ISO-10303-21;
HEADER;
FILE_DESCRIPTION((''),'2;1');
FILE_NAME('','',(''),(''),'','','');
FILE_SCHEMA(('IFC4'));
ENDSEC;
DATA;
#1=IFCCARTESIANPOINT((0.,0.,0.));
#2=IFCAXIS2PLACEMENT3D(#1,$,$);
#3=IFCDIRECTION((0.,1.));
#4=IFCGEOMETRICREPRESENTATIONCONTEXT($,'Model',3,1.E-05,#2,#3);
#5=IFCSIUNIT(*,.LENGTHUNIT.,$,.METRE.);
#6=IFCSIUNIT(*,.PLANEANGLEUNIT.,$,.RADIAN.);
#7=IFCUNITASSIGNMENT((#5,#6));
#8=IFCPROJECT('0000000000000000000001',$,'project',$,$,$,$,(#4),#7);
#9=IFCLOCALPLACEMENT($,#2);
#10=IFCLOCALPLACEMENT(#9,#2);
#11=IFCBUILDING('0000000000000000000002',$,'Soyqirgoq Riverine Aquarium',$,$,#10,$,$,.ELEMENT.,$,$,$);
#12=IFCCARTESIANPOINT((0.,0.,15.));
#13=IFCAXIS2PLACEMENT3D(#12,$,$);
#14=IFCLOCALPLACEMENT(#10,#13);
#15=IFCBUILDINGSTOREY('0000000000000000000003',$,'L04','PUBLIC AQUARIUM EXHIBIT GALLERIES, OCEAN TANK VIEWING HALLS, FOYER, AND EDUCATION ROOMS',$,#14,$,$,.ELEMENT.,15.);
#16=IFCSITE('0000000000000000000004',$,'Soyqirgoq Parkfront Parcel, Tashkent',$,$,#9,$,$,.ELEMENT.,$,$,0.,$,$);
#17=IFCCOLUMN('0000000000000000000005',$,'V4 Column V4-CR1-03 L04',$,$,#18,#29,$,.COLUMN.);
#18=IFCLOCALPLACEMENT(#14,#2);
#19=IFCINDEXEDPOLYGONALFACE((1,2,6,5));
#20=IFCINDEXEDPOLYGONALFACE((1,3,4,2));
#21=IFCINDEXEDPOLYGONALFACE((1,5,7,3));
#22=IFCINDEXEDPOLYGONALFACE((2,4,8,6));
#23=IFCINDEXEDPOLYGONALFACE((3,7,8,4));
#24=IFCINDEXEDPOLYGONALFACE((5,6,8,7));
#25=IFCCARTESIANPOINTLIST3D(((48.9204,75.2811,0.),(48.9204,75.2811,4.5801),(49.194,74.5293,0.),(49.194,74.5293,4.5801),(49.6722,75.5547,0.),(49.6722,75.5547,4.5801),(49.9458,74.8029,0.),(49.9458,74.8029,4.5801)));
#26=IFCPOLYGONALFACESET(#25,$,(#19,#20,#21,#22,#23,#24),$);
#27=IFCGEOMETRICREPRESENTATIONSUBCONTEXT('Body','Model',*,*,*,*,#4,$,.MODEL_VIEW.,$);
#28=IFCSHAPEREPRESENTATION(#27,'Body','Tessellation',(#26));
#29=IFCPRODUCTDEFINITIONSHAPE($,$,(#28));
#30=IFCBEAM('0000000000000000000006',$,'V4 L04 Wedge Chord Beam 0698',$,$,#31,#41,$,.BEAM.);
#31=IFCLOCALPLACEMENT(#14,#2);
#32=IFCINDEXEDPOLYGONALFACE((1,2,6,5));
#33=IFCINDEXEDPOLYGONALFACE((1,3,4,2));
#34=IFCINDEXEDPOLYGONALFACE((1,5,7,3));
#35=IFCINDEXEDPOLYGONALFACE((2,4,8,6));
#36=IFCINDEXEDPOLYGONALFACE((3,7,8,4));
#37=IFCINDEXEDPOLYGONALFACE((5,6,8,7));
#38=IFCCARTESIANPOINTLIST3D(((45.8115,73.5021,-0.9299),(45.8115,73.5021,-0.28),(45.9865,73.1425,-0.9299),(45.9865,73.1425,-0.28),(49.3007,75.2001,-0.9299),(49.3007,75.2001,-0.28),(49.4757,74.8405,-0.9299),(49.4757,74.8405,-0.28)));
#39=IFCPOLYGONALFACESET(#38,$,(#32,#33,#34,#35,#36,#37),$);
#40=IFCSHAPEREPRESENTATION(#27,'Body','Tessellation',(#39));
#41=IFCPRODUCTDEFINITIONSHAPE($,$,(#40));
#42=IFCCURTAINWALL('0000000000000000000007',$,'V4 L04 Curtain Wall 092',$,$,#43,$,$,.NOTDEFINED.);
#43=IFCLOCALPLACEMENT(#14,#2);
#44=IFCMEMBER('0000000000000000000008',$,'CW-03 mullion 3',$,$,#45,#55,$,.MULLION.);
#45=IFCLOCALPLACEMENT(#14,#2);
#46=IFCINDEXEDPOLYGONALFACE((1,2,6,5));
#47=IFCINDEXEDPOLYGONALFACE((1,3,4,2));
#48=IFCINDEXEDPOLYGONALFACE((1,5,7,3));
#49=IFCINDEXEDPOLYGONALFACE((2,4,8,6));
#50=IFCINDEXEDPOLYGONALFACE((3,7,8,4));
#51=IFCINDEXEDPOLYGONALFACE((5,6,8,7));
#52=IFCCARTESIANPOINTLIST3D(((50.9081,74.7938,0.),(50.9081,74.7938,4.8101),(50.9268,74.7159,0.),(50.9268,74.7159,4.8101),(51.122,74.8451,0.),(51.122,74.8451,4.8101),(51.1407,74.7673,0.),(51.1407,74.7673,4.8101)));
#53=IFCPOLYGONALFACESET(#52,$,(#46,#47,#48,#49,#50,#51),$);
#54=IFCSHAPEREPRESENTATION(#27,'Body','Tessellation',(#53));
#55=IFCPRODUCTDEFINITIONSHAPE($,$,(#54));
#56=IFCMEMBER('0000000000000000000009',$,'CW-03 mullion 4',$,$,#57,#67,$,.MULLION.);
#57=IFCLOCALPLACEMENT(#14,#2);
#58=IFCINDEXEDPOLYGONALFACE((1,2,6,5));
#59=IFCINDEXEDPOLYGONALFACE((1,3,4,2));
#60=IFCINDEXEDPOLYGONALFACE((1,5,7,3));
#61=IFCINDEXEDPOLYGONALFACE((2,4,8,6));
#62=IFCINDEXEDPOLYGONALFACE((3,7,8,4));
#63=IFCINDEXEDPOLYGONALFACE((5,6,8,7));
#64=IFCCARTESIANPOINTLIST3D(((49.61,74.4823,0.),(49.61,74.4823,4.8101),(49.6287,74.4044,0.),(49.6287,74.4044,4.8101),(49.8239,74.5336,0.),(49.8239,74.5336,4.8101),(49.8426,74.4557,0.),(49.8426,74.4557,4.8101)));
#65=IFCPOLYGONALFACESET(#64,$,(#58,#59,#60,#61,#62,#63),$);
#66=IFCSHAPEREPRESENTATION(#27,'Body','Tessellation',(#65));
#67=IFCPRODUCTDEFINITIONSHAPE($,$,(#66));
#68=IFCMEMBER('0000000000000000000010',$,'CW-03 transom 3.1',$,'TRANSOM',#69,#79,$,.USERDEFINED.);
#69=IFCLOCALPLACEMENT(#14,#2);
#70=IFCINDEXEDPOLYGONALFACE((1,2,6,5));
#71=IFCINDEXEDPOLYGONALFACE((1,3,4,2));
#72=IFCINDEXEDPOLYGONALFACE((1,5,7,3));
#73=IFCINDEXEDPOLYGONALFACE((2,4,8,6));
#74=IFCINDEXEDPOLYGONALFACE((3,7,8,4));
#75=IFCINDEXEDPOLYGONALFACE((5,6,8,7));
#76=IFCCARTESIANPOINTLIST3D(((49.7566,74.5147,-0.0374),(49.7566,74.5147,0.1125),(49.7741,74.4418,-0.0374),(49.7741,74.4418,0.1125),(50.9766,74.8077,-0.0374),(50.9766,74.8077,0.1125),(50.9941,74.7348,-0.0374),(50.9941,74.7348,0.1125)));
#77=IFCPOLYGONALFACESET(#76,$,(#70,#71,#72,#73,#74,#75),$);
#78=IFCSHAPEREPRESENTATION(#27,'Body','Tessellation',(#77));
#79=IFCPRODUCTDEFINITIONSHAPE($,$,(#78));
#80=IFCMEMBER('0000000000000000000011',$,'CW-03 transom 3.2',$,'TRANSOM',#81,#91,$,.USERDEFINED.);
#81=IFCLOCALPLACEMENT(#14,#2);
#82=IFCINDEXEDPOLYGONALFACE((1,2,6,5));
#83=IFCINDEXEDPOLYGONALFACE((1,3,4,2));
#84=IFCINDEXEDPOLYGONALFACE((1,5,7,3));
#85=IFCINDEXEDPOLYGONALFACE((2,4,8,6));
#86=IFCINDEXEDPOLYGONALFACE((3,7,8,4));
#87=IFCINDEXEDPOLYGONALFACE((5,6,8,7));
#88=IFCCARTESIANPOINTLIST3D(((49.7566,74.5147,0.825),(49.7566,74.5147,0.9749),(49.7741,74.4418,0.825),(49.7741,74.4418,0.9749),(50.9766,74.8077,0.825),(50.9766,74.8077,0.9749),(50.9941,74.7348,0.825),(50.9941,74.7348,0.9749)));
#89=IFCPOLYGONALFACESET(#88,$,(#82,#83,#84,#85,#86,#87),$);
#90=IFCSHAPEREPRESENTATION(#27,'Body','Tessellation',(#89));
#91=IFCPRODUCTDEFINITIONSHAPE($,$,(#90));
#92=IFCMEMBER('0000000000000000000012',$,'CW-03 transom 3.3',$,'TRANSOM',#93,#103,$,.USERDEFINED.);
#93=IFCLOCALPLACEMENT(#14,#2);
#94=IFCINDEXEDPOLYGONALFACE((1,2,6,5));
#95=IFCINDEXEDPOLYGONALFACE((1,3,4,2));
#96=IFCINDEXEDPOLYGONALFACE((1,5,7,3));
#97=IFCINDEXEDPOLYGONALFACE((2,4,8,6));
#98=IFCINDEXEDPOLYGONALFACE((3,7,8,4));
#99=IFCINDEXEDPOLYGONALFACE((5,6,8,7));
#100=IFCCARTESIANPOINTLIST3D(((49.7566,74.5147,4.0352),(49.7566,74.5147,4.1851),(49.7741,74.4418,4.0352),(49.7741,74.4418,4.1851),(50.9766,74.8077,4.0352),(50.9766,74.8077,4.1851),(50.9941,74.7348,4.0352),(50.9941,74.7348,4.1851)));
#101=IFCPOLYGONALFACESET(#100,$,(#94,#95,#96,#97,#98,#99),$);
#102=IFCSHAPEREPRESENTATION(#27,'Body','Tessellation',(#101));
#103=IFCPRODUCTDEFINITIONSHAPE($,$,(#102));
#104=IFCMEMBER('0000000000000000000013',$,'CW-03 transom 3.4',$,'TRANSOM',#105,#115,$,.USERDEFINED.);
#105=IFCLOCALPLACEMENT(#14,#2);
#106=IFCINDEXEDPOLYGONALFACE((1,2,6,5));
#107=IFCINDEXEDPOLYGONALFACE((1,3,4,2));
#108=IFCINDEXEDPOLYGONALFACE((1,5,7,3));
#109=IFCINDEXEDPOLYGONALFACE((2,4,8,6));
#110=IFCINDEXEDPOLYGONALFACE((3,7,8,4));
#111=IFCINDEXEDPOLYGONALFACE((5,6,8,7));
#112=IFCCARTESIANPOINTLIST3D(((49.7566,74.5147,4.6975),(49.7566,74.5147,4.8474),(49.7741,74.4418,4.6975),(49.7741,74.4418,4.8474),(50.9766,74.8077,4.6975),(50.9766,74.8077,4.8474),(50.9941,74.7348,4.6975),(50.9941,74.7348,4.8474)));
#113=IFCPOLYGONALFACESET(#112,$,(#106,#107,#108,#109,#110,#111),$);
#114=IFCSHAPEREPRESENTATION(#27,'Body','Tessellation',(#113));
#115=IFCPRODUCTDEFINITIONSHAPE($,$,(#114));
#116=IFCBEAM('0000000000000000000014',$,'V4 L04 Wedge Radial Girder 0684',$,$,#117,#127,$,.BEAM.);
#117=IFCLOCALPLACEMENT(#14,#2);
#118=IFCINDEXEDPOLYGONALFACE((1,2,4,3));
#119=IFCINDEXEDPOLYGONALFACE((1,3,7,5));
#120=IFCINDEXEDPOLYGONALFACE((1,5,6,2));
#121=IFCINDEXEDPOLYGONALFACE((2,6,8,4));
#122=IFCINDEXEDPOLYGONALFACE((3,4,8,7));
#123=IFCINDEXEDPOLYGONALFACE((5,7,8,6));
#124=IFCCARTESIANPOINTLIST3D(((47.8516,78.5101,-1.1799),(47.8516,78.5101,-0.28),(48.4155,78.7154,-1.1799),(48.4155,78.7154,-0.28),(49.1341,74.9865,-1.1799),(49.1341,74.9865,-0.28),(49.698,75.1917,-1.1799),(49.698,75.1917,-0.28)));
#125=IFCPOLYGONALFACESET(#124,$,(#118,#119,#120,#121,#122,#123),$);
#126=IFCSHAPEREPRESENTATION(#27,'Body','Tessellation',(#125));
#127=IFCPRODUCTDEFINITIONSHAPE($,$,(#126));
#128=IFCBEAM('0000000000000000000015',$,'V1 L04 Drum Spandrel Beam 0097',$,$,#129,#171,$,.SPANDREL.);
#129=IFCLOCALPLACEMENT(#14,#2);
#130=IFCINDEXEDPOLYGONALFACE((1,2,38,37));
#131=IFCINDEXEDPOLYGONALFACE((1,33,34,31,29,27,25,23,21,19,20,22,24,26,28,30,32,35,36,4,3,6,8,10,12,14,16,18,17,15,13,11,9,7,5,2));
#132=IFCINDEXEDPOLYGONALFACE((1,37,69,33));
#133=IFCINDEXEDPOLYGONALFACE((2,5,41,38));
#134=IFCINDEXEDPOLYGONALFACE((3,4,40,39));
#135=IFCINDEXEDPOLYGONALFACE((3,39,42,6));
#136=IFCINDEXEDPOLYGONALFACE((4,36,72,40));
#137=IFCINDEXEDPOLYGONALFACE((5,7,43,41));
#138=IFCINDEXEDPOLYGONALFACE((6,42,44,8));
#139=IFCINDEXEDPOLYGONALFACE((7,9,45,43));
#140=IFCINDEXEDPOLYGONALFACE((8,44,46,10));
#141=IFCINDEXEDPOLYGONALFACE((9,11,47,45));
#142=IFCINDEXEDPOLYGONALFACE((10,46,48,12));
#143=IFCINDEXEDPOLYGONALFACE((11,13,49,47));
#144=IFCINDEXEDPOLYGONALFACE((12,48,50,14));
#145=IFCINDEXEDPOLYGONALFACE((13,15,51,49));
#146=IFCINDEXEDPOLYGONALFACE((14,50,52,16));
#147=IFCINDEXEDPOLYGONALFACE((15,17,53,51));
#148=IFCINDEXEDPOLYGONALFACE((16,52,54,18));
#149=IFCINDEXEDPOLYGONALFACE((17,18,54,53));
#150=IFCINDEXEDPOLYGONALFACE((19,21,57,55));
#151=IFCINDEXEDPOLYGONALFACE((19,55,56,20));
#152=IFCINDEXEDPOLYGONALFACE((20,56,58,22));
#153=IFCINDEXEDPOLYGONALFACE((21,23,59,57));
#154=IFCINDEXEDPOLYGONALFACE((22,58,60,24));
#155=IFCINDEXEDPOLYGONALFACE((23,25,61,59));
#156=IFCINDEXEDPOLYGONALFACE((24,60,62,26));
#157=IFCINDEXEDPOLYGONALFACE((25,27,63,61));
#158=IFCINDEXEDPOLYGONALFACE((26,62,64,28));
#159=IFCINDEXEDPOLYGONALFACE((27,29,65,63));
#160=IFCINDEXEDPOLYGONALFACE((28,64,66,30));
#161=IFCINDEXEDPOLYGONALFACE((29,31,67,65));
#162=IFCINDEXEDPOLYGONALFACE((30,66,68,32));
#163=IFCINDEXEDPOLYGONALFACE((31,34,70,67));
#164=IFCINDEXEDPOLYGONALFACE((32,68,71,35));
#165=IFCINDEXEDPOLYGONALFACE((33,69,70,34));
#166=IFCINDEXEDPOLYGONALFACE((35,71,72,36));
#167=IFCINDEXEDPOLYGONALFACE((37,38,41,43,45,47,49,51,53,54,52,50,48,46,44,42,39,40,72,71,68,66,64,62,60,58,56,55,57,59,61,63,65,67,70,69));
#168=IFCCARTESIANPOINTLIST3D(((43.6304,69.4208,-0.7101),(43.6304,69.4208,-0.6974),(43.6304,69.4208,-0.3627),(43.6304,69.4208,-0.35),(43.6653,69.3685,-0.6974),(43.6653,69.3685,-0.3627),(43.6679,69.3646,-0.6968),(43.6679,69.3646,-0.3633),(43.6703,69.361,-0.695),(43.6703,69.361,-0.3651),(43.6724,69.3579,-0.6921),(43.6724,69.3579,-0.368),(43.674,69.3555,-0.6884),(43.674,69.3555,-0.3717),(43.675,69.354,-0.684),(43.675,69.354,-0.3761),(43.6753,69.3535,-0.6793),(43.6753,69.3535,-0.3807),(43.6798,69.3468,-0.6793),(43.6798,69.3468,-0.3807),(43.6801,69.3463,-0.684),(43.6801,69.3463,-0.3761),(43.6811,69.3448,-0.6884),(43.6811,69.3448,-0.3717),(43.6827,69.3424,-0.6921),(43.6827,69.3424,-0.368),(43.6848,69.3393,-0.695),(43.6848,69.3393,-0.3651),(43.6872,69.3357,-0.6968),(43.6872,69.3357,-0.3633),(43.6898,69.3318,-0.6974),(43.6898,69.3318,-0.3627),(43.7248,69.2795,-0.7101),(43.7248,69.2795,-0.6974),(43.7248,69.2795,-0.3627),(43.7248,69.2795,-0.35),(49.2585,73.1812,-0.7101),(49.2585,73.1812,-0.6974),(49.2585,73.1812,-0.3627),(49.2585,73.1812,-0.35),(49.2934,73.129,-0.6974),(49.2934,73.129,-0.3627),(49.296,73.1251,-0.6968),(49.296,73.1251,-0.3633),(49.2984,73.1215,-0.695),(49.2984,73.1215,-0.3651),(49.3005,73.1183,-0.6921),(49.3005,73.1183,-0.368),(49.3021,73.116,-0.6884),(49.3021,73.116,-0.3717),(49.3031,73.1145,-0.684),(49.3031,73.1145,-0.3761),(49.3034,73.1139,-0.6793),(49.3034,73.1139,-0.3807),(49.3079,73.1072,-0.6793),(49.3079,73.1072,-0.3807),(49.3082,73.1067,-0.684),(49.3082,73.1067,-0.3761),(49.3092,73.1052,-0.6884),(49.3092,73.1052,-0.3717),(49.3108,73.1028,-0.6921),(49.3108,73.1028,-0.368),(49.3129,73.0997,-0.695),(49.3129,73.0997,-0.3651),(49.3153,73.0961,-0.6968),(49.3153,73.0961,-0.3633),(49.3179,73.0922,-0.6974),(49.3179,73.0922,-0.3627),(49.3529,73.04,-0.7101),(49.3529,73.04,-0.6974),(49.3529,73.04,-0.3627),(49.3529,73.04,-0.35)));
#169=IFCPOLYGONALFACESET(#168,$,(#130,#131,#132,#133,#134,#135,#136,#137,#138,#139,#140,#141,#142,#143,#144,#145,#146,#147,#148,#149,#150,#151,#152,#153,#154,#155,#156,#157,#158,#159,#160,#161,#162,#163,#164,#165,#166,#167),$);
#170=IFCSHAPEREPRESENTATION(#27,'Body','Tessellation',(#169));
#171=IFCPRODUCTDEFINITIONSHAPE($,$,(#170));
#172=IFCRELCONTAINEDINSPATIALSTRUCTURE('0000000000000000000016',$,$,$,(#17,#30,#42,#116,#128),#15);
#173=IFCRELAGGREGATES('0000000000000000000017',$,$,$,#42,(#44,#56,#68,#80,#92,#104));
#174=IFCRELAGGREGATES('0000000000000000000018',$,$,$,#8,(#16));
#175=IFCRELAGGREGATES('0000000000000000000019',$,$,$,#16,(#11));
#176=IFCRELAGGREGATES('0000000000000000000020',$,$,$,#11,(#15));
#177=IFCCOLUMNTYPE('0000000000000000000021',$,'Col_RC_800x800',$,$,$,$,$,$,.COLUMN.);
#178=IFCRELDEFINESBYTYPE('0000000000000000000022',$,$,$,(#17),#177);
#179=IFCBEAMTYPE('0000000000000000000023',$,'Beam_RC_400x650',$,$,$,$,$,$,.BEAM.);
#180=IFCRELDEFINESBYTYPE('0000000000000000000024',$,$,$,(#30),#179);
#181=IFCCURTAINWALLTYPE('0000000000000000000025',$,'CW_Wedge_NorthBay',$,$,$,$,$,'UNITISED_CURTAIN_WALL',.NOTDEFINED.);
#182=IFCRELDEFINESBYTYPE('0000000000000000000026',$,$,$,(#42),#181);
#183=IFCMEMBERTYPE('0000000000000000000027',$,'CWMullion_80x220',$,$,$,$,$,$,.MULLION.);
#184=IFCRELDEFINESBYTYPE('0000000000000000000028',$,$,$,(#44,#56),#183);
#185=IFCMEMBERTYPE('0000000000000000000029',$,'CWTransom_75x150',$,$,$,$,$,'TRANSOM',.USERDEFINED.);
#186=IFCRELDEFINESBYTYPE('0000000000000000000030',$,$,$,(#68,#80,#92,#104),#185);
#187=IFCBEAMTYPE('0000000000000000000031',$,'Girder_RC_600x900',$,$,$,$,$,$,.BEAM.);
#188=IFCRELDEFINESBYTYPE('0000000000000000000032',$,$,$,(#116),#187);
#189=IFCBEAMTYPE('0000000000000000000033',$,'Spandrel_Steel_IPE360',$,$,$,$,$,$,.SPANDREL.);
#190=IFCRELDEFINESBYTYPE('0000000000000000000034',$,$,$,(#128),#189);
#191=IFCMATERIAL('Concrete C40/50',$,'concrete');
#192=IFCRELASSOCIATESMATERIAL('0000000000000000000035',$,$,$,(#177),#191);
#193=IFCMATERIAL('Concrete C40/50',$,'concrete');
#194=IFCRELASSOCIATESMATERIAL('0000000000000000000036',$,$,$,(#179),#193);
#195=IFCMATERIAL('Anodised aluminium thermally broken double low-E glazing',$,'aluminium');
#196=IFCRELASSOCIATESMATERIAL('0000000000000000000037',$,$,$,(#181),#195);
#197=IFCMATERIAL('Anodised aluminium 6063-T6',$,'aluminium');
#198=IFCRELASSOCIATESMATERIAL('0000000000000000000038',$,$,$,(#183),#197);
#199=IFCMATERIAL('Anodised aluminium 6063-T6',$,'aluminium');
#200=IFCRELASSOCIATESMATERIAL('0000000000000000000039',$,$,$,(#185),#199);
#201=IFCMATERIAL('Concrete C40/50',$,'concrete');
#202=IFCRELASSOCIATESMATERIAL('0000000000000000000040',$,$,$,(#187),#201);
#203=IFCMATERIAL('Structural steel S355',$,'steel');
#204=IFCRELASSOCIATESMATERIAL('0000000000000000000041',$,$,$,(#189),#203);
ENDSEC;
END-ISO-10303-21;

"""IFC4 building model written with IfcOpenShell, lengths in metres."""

from ifc_helpers import new_model, si_unit, direction, frame, origin, origin_2d, place, context, subcontext, project, spatial, rectangle, i_section, extrude, material, material_profile, profile_set, type_object, element, aggregate, save


model = new_model("IFC4")

# Units and contexts
model_context = context("Model", 3, precision=1e-05, world=origin(), true_north=direction((0.0, 1.0)))
body_context = subcontext(model_context, "Body", "Model", "MODEL_VIEW")
ifc_project = project(units=[si_unit("LENGTHUNIT", "METRE"), si_unit("PLANEANGLEUNIT", "RADIAN")], contexts=[model_context])

# Site, building, storey
site_placement = place(None, origin())
site = spatial("IfcSite", under=ifc_project, at=site_placement, Name="Soyqirgoq Parkfront Parcel, Tashkent", CompositionType="ELEMENT", RefElevation=0.0)
building_placement = place(site_placement, origin())
building = spatial("IfcBuilding", under=site, at=building_placement, Name="Soyqirgoq Riverine Aquarium", CompositionType="ELEMENT")
storey_placement = place(building_placement, frame((0.0, 0.0, 15.0)))
storey = spatial("IfcBuildingStorey", under=building, at=storey_placement, Name="L04", Description="PUBLIC AQUARIUM EXHIBIT GALLERIES, OCEAN TANK VIEWING HALLS, FOYER, AND EDUCATION ROOMS", CompositionType="ELEMENT", Elevation=15.0)

# Column
ifc_material_1 = material(Name="Concrete C40/50", Category="concrete")
ifc_material_profile_1 = material_profile(ifc_material_1, rectangle(XDim=0.8, YDim=0.8, at=origin_2d()), Name="RC 800x800")
ifc_profile_set_1 = profile_set([ifc_material_profile_1], Name="Concrete C40/50")
column_type_1 = type_object("IfcColumnType", Name="Col_RC_800x800", PredefinedType="COLUMN", material=ifc_profile_set_1)
column_1_placement = place(storey_placement, frame((49.4331, 75.042, 0.0), z_axis=(0.0, 0.0, 1.0), x_axis=(-0.34202, 0.939693, 0.0)))
element("IfcColumn", 1, at=column_1_placement, inside=storey, type_object=column_type_1, Name="V4 Column V4-CR1-03 L04", PredefinedType="COLUMN", context=body_context, shape_type="SweptSolid", body=[
    extrude(rectangle(XDim=0.8, YDim=0.8, at=origin_2d()), origin(), (0.0, 0.0, 1.0), 4.5801),
])

# Beam
ifc_material_2 = material(Name="Concrete C40/50", Category="concrete")
ifc_material_profile_2 = material_profile(ifc_material_2, rectangle(XDim=0.3999, YDim=0.6499, at=origin_2d()), Name="RC 400x650")
ifc_profile_set_2 = profile_set([ifc_material_profile_2], Name="Concrete C40/50")
beam_type_1 = type_object("IfcBeamType", Name="Beam_RC_400x650", PredefinedType="BEAM", material=ifc_profile_set_2)
beam_1_placement = place(storey_placement, frame((49.3882, 75.0203, -0.605), z_axis=(-0.899182, -0.437574, 0.0), x_axis=(0.437574, -0.899182, 0.0)))
element("IfcBeam", 2, at=beam_1_placement, inside=storey, type_object=beam_type_1, Name="V4 L04 Wedge Chord Beam 0698", PredefinedType="BEAM", context=body_context, shape_type="SweptSolid", body=[
    extrude(rectangle(XDim=0.3999, YDim=0.6499, at=origin_2d()), origin(), (0.0, 0.0, 1.0), 3.8804),
])

# Curtain wall, members
ifc_material_3 = material(Name="Anodised aluminium thermally broken double low-E glazing", Category="aluminium")
curtain_wall_type = type_object("IfcCurtainWallType", Name="CW_Wedge_NorthBay", ElementType="UNITISED_CURTAIN_WALL", PredefinedType="NOTDEFINED", material=ifc_material_3)
curtain_wall_placement = place(storey_placement, origin())
curtain_wall = element("IfcCurtainWall", 3, at=curtain_wall_placement, inside=storey, type_object=curtain_wall_type, Name="V4 L04 Curtain Wall 092", PredefinedType="NOTDEFINED")
ifc_material_4 = material(Name="Anodised aluminium 6063-T6", Category="aluminium")
ifc_material_profile_3 = material_profile(ifc_material_4, rectangle(XDim=0.0801, YDim=0.22, at=origin_2d()), Name="ALU-M 80x220")
ifc_profile_set_3 = profile_set([ifc_material_profile_3], Name="Anodised aluminium 6063-T6")
member_type_1 = type_object("IfcMemberType", Name="CWMullion_80x220", PredefinedType="MULLION", material=ifc_profile_set_3)
member_1_placement = place(storey_placement, frame((51.0244, 74.7805, 0.0), z_axis=(0.0, 0.0, 1.0), x_axis=(0.233443, -0.972371, 0.0)))
member_1 = element("IfcMember", 4, at=member_1_placement, type_object=member_type_1, Name="CW-03 mullion 3", PredefinedType="MULLION", context=body_context, shape_type="SweptSolid", body=[
    extrude(rectangle(XDim=0.0801, YDim=0.22, at=origin_2d()), origin(), (0.0, 0.0, 1.0), 4.8101),
])
member_2_placement = place(storey_placement, frame((49.7263, 74.469, 0.0), z_axis=(0.0, 0.0, 1.0), x_axis=(0.233443, -0.972371, 0.0)))
member_2 = element("IfcMember", 5, at=member_2_placement, type_object=member_type_1, Name="CW-03 mullion 4", PredefinedType="MULLION", context=body_context, shape_type="SweptSolid", body=[
    extrude(rectangle(XDim=0.0801, YDim=0.22, at=origin_2d()), origin(), (0.0, 0.0, 1.0), 4.8101),
])
ifc_material_5 = material(Name="Anodised aluminium 6063-T6", Category="aluminium")
ifc_material_profile_4 = material_profile(ifc_material_5, rectangle(XDim=0.075, YDim=0.1499, at=origin_2d()), Name="ALU-T 75x150")
ifc_profile_set_4 = profile_set([ifc_material_profile_4], Name="Anodised aluminium 6063-T6")
member_type_2 = type_object("IfcMemberType", Name="CWTransom_75x150", ElementType="TRANSOM", PredefinedType="USERDEFINED", material=ifc_profile_set_4)
member_3_placement = place(storey_placement, frame((50.9854, 74.7712, 0.0376), z_axis=(-0.972355, -0.233505, 0.0), x_axis=(0.233505, -0.972355, 0.0)))
member_3 = element("IfcMember", 6, at=member_3_placement, type_object=member_type_2, Name="CW-03 transom 3.1", ObjectType="TRANSOM", PredefinedType="USERDEFINED", context=body_context, shape_type="SweptSolid", body=[
    extrude(rectangle(XDim=0.075, YDim=0.1499, at=origin_2d()), origin(), (0.0, 0.0, 1.0), 1.2546),
])
member_4_placement = place(storey_placement, frame((50.9854, 74.7712, 0.8999), z_axis=(-0.972355, -0.233505, 0.0), x_axis=(0.233505, -0.972355, 0.0)))
member_4 = element("IfcMember", 7, at=member_4_placement, type_object=member_type_2, Name="CW-03 transom 3.2", ObjectType="TRANSOM", PredefinedType="USERDEFINED", context=body_context, shape_type="SweptSolid", body=[
    extrude(rectangle(XDim=0.075, YDim=0.1499, at=origin_2d()), origin(), (0.0, 0.0, 1.0), 1.2546),
])
member_5_placement = place(storey_placement, frame((50.9854, 74.7712, 4.1101), z_axis=(-0.972355, -0.233505, 0.0), x_axis=(0.233505, -0.972355, 0.0)))
member_5 = element("IfcMember", 8, at=member_5_placement, type_object=member_type_2, Name="CW-03 transom 3.3", ObjectType="TRANSOM", PredefinedType="USERDEFINED", context=body_context, shape_type="SweptSolid", body=[
    extrude(rectangle(XDim=0.075, YDim=0.1499, at=origin_2d()), origin(), (0.0, 0.0, 1.0), 1.2546),
])
member_6_placement = place(storey_placement, frame((50.9854, 74.7712, 4.7725), z_axis=(-0.972355, -0.233505, 0.0), x_axis=(0.233505, -0.972355, 0.0)))
member_6 = element("IfcMember", 9, at=member_6_placement, type_object=member_type_2, Name="CW-03 transom 3.4", ObjectType="TRANSOM", PredefinedType="USERDEFINED", context=body_context, shape_type="SweptSolid", body=[
    extrude(rectangle(XDim=0.075, YDim=0.1499, at=origin_2d()), origin(), (0.0, 0.0, 1.0), 1.2546),
])

# Beams
ifc_material_6 = material(Name="Concrete C40/50", Category="concrete")
ifc_material_profile_5 = material_profile(ifc_material_6, rectangle(XDim=0.6001, YDim=0.8999, at=origin_2d()), Name="RC 600x900")
ifc_profile_set_5 = profile_set([ifc_material_profile_5], Name="Concrete C40/50")
beam_type_2 = type_object("IfcBeamType", Name="Girder_RC_600x900", PredefinedType="BEAM", material=ifc_profile_set_5)
beam_2_placement = place(storey_placement, frame((49.416, 75.0891, -0.73), z_axis=(-0.34201, 0.939696, 0.0), x_axis=(-0.939696, -0.34201, 0.0)))
element("IfcBeam", 10, at=beam_2_placement, inside=storey, type_object=beam_type_2, Name="V4 L04 Wedge Radial Girder 0684", PredefinedType="BEAM", context=body_context, shape_type="SweptSolid", body=[
    extrude(rectangle(XDim=0.6001, YDim=0.8999, at=origin_2d()), origin(), (0.0, 0.0, 1.0), 3.7498),
])
ifc_material_7 = material(Name="Structural steel S355", Category="steel")
ifc_material_profile_6 = material_profile(ifc_material_7, i_section(OverallWidth=0.1699, OverallDepth=0.3601, WebThickness=0.0081, FlangeThickness=0.0127, FilletRadius=0.0181, at=origin_2d()), Name="IPE 360")
ifc_profile_set_6 = profile_set([ifc_material_profile_6], Name="Structural steel S355")
beam_type_3 = type_object("IfcBeamType", Name="Spandrel_Steel_IPE360", PredefinedType="SPANDREL", material=ifc_profile_set_6)
beam_3_placement = place(storey_placement, frame((49.3057, 73.1106, -0.53), z_axis=(-0.831478, -0.555557, 0.0), x_axis=(0.555557, -0.831478, 0.0)))
element("IfcBeam", 11, at=beam_3_placement, inside=storey, type_object=beam_type_3, Name="V1 L04 Drum Spandrel Beam 0097", PredefinedType="SPANDREL", context=body_context, shape_type="SweptSolid", body=[
    extrude(i_section(OverallWidth=0.1699, OverallDepth=0.3601, WebThickness=0.0081, FlangeThickness=0.0127, FilletRadius=0.0181, at=origin_2d()), origin(), (0.0, 0.0, 1.0), 6.7688),
])

aggregate(curtain_wall, [member_1, member_2, member_3, member_4, member_5, member_6])

save(model, "model.ifc")
